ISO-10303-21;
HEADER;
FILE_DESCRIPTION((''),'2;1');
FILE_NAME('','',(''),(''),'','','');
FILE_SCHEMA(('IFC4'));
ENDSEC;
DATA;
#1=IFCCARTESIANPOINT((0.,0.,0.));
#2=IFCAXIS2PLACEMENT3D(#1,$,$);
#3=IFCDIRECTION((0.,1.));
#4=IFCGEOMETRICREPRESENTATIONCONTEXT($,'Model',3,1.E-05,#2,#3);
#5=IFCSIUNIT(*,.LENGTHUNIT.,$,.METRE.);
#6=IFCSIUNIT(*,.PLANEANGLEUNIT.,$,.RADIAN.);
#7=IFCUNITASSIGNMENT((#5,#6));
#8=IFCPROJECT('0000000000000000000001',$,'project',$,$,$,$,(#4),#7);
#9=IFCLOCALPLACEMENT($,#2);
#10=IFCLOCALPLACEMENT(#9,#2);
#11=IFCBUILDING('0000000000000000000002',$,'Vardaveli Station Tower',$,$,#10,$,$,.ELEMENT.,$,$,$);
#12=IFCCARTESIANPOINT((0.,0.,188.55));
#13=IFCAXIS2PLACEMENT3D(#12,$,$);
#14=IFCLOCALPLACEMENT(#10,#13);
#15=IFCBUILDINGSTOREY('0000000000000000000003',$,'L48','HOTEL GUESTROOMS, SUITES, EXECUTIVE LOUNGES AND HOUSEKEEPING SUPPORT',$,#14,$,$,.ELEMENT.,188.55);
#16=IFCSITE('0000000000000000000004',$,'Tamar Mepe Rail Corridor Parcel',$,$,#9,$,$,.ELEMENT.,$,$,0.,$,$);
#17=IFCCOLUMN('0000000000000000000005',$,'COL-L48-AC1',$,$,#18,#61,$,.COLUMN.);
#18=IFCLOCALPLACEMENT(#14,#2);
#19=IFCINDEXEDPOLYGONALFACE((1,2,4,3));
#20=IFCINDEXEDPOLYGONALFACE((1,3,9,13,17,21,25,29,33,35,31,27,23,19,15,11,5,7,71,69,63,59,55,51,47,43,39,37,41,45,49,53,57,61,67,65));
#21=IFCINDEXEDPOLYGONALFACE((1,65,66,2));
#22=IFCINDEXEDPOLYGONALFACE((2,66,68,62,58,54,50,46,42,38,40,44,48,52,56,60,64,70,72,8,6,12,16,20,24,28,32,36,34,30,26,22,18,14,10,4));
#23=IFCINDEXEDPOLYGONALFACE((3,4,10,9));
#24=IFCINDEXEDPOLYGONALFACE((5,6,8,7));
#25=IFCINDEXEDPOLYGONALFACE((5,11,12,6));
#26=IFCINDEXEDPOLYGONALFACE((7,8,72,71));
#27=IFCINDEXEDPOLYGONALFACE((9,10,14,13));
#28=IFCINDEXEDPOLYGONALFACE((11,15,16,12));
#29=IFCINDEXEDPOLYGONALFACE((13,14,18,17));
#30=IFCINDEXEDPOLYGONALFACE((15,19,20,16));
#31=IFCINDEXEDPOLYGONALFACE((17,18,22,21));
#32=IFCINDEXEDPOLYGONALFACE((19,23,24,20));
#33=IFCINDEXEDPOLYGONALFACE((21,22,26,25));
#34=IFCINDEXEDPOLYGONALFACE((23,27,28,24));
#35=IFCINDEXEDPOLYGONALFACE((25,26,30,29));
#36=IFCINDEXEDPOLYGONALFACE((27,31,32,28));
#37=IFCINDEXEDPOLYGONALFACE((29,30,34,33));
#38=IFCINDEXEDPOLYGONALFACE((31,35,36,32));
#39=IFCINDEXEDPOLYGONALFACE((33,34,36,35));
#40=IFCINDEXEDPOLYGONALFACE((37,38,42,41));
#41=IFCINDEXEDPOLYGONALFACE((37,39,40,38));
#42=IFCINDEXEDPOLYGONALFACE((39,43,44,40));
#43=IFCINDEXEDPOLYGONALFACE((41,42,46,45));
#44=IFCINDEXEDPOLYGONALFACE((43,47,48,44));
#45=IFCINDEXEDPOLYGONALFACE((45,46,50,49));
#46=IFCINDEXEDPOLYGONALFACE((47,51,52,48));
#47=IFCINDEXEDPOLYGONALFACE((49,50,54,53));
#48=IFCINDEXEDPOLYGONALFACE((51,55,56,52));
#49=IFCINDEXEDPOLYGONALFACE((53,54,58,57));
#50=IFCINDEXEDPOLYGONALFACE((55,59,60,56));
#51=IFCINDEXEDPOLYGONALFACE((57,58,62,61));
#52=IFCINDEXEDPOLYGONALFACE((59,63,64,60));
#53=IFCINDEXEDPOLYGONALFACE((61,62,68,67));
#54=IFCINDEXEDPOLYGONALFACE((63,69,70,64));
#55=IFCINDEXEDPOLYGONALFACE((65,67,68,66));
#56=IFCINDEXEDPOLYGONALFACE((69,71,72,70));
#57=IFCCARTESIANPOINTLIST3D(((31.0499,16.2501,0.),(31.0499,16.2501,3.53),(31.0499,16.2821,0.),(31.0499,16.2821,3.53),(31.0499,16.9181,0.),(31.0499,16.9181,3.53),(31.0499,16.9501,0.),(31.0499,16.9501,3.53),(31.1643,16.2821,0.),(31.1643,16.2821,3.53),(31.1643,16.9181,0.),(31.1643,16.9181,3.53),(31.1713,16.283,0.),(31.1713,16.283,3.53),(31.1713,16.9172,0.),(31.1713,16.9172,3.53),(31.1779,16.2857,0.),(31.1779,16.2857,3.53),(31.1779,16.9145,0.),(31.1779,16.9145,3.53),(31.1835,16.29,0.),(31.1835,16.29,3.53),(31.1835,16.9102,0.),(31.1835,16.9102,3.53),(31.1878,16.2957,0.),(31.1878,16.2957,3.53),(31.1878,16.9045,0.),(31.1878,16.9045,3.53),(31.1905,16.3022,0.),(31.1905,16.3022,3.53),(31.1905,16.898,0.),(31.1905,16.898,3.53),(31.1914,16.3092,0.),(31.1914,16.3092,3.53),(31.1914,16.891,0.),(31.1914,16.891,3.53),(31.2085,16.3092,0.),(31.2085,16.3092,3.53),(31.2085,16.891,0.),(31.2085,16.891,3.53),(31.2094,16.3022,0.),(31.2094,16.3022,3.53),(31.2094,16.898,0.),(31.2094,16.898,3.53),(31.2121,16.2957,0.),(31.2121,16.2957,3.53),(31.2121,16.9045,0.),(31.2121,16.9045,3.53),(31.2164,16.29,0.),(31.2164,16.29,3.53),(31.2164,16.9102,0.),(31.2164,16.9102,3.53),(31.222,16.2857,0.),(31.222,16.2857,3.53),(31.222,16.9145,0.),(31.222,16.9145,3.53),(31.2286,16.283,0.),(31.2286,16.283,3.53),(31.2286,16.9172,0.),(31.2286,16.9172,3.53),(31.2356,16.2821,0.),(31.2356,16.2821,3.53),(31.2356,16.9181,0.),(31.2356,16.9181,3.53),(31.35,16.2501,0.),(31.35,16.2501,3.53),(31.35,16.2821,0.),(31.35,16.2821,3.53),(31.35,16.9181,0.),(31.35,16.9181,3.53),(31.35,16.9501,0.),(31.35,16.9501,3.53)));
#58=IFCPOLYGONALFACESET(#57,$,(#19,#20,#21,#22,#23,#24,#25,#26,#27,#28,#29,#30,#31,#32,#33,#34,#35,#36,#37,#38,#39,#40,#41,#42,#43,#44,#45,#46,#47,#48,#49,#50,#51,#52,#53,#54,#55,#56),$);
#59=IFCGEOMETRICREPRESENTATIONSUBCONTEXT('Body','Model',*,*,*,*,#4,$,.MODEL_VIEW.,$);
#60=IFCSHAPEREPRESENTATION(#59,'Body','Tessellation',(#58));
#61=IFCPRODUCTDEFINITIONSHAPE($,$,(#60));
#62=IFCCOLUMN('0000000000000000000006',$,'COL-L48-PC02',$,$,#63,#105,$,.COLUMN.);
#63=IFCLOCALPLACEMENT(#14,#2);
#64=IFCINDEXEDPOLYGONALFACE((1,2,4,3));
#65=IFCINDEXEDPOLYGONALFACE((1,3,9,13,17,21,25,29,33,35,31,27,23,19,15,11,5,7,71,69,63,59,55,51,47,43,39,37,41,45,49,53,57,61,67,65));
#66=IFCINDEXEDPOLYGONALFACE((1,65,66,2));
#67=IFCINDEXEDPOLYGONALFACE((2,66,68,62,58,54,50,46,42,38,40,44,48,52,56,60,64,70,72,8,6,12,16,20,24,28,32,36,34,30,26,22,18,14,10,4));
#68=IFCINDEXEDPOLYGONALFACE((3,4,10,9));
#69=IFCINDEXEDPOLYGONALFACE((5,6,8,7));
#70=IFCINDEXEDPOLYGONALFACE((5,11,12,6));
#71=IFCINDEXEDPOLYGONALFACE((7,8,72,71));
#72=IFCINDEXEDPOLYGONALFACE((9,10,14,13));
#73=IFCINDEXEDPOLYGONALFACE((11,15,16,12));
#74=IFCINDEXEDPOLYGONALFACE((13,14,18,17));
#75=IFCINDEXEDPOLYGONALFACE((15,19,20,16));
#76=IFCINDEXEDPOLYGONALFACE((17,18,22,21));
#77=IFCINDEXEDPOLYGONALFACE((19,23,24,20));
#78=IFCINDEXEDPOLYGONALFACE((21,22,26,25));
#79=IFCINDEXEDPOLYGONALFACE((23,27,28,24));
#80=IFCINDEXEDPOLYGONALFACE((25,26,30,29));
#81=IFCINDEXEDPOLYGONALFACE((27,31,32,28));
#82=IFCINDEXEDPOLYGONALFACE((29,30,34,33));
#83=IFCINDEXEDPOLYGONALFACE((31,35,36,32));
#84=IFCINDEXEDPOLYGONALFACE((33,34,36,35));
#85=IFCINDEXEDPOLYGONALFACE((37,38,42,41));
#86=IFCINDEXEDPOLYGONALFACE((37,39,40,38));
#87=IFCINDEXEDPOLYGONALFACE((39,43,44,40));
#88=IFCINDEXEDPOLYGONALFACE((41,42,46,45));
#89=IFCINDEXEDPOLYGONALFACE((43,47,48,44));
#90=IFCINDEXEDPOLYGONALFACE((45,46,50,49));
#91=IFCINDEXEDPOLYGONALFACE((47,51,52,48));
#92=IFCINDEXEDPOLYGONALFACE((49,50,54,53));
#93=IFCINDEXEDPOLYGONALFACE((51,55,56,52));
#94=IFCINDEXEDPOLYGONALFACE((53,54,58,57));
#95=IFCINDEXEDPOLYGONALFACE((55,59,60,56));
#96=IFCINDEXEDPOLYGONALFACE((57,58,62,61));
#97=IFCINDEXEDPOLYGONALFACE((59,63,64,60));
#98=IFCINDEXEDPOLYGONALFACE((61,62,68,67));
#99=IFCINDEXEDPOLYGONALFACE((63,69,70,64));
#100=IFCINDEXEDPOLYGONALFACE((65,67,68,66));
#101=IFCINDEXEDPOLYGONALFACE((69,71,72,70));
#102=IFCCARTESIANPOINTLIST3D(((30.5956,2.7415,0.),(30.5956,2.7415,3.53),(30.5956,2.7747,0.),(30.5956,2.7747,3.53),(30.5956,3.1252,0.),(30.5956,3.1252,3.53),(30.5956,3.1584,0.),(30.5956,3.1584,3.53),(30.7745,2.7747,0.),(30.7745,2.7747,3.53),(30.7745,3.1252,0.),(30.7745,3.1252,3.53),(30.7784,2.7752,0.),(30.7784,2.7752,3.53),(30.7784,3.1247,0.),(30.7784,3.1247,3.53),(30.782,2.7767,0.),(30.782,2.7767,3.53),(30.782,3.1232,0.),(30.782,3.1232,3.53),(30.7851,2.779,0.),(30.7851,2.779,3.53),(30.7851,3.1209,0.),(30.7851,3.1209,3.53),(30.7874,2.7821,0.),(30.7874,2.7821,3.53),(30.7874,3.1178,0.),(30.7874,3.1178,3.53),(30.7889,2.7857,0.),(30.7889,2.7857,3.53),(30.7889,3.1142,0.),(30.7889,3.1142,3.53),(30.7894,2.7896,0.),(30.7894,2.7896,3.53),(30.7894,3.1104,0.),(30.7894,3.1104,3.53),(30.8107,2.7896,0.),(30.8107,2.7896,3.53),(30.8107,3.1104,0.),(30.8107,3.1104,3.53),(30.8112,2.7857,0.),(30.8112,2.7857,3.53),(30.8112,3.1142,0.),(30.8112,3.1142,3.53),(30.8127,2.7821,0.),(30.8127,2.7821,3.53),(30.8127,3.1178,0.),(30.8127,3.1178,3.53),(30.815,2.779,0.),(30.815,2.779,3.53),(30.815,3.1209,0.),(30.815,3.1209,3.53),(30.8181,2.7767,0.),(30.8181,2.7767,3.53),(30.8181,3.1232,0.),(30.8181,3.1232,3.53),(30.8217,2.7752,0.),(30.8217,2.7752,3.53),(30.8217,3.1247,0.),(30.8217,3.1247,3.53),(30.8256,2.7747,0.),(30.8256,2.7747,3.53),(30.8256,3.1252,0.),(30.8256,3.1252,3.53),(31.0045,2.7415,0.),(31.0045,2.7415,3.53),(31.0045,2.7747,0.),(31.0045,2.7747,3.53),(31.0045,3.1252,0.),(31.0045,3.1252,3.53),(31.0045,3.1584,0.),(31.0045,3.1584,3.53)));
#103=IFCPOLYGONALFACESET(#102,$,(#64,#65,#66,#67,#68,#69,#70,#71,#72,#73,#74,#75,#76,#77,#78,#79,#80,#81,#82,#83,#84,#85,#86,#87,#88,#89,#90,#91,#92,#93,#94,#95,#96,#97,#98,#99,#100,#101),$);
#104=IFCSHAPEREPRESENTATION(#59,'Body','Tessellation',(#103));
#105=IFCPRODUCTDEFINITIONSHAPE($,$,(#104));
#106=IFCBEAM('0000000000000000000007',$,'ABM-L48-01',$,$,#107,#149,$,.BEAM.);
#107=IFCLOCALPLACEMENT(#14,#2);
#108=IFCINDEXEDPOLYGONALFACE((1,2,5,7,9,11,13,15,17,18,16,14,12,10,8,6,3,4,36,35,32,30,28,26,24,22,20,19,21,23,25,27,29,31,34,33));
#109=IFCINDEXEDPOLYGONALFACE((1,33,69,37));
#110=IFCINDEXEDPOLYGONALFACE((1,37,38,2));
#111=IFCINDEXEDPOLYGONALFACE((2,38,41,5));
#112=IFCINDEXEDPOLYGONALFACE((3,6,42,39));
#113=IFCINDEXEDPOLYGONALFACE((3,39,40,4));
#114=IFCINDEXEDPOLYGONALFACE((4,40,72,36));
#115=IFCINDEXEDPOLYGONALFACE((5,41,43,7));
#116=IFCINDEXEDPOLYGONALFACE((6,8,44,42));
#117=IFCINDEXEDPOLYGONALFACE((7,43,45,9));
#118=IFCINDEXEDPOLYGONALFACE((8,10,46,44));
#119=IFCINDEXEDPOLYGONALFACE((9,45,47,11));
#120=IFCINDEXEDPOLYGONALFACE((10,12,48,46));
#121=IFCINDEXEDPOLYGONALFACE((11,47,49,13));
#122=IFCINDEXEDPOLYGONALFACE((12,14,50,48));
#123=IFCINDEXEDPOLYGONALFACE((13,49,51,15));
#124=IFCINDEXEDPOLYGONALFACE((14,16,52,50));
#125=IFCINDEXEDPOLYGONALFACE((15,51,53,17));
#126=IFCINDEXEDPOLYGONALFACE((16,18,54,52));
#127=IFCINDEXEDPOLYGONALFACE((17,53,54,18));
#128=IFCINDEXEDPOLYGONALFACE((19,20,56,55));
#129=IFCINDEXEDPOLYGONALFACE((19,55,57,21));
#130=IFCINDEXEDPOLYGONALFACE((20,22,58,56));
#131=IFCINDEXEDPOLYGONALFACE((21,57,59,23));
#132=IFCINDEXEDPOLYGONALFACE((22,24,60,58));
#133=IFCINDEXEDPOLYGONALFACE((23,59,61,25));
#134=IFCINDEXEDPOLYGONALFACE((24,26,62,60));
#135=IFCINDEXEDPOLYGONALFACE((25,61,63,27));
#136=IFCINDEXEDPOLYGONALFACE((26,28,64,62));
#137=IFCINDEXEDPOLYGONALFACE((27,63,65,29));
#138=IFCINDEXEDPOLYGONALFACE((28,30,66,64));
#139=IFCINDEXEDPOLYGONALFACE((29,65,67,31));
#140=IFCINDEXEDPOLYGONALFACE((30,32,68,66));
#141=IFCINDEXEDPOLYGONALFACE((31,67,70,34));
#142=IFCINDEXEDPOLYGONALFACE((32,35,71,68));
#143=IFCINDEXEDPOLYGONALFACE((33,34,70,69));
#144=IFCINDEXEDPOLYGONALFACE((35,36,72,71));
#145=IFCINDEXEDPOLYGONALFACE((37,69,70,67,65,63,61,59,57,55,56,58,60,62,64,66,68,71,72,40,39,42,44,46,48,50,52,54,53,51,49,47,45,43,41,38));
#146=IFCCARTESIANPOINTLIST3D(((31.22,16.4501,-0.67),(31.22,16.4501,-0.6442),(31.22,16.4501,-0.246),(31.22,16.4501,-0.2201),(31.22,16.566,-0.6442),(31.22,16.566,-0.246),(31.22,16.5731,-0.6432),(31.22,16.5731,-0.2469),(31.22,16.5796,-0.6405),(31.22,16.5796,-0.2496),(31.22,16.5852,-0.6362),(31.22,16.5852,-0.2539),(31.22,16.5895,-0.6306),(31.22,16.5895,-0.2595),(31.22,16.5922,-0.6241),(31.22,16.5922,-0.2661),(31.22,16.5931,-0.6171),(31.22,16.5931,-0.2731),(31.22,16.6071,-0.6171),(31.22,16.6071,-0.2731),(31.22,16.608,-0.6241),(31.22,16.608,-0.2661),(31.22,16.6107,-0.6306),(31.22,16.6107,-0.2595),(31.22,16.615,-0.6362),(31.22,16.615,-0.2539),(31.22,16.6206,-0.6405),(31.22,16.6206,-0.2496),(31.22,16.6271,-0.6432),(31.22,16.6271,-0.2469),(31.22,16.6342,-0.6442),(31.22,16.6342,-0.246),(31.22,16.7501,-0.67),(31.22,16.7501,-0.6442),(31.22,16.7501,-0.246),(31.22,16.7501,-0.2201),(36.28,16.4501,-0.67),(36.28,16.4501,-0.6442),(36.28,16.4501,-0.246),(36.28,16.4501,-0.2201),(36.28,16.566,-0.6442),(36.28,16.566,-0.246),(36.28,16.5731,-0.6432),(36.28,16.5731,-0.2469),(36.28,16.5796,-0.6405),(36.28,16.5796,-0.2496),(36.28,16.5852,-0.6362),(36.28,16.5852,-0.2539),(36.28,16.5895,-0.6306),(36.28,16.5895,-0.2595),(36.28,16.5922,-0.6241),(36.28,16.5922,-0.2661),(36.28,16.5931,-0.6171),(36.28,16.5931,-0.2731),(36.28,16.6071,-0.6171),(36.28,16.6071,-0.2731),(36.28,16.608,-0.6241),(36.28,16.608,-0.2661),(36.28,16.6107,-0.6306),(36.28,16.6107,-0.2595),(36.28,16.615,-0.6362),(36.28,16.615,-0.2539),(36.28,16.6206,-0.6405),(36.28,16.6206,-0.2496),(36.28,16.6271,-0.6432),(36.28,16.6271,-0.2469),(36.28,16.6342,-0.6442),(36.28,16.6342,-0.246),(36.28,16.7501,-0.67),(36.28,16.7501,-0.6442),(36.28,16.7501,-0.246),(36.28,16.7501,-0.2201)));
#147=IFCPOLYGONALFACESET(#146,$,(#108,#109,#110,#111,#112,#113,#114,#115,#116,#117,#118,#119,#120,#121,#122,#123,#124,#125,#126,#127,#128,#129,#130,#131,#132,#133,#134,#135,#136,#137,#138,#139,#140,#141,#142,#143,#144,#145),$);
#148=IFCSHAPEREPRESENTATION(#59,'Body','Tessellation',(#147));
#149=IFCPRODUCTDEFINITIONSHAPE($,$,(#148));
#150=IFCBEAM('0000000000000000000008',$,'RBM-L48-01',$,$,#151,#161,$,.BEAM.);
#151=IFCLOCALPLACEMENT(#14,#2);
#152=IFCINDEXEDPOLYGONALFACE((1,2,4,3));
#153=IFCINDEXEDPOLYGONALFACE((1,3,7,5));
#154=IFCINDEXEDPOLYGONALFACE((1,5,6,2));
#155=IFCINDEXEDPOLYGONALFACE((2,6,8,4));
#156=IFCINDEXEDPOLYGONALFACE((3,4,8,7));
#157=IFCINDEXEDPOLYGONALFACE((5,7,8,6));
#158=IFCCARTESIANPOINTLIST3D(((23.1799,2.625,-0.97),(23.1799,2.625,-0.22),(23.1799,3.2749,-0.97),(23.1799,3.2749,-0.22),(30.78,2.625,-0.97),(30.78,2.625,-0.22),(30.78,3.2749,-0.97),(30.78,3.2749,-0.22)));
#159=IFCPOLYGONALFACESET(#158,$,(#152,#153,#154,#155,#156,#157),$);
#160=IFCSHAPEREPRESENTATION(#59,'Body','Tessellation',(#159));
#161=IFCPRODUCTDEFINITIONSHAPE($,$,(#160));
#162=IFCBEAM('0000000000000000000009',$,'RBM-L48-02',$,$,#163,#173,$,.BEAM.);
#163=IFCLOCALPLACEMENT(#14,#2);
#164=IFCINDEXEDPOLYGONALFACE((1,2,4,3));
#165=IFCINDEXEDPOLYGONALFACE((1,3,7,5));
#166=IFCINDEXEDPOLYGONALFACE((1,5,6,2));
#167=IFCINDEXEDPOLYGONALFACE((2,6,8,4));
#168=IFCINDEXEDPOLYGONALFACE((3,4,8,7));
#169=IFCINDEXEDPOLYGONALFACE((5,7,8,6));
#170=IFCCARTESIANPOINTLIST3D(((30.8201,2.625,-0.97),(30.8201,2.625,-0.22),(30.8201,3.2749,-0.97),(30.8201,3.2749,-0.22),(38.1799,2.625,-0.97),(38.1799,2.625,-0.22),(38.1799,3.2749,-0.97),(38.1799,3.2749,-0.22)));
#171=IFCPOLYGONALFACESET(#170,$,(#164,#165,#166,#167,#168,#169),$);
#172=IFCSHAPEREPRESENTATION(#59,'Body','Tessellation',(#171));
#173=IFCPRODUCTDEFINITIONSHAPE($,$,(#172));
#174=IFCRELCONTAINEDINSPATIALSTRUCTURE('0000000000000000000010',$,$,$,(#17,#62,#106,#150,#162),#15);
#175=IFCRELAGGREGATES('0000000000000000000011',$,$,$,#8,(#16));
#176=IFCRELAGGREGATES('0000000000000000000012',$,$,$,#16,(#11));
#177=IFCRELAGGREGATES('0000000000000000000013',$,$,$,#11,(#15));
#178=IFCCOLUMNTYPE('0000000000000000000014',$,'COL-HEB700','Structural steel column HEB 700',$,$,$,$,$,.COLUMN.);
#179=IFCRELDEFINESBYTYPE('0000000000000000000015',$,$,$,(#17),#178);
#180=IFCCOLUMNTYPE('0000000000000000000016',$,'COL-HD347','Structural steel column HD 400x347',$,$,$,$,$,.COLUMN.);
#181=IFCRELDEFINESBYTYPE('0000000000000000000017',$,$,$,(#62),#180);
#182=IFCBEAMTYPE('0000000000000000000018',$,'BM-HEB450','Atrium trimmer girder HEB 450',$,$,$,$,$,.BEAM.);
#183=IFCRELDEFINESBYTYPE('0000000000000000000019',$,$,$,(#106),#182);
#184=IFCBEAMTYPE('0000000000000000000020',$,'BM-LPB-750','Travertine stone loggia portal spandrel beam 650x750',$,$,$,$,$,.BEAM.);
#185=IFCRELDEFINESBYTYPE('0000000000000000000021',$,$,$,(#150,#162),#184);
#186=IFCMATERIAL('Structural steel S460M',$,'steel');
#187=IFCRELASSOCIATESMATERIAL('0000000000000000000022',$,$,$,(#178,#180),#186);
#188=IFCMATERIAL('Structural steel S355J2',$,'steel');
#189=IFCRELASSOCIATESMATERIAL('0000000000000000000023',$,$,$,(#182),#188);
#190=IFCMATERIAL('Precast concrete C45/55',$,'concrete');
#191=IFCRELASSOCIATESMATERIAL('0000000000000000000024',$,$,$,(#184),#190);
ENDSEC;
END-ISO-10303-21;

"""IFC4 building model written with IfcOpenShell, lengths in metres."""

from ifc_helpers import new_model, si_unit, direction, frame, origin, origin_2d, place, context, subcontext, project, spatial, rectangle, i_section, extrude, source, transform, mapped, material, material_profile, profile_set, type_object, element, save


model = new_model("IFC4")

# Units and contexts
model_context = context("Model", 3, precision=1e-05, world=origin(), true_north=direction((0.0, 1.0)))
body_context = subcontext(model_context, "Body", "Model", "MODEL_VIEW")
ifc_project = project(units=[si_unit("LENGTHUNIT", "METRE"), si_unit("PLANEANGLEUNIT", "RADIAN")], contexts=[model_context])

# Site, building, storey
site_placement = place(None, origin())
site = spatial("IfcSite", under=ifc_project, at=site_placement, Name="Tamar Mepe Rail Corridor Parcel", CompositionType="ELEMENT", RefElevation=0.0)
building_placement = place(site_placement, origin())
building = spatial("IfcBuilding", under=site, at=building_placement, Name="Vardaveli Station Tower", CompositionType="ELEMENT")
storey_placement = place(building_placement, frame((0.0, 0.0, 188.55)))
storey = spatial("IfcBuildingStorey", under=building, at=storey_placement, Name="L48", Description="HOTEL GUESTROOMS, SUITES, EXECUTIVE LOUNGES AND HOUSEKEEPING SUPPORT", CompositionType="ELEMENT", Elevation=188.55)

# Columns
ifc_material_1 = material(Name="Structural steel S460M", Category="steel")
ifc_material_profile_1 = material_profile(ifc_material_1, i_section(OverallWidth=0.3, OverallDepth=0.7, WebThickness=0.0171, FlangeThickness=0.032, FilletRadius=0.0271, at=origin_2d()), Name="HEB 700")
ifc_profile_set_1 = profile_set([ifc_material_profile_1], Name="Structural steel S460M")
column_type_1 = type_object("IfcColumnType", Name="COL-HEB700", Description="Structural steel column HEB 700", PredefinedType="COLUMN", material=ifc_profile_set_1)
shared_shape_1 = source(origin(), body_context, "Body", "SweptSolid", [
    extrude(i_section(OverallWidth=0.3, OverallDepth=0.7, WebThickness=0.0171, FlangeThickness=0.032, FilletRadius=0.0271, at=origin_2d()), origin(), (0.0, 0.0, 1.0), 3.53),
])
column_1_placement = place(storey_placement, frame((31.2, 16.6001, 0.0), z_axis=(0.0, 0.0, 1.0), x_axis=(1.0, 0.0, 0.0)))
element("IfcColumn", 1, at=column_1_placement, inside=storey, type_object=column_type_1, Name="COL-L48-AC1", PredefinedType="COLUMN", context=body_context, shape_type="MappedRepresentation", body=[
    mapped(shared_shape_1, transform((0.0, 0.0, 0.0), scale=1.0)),
])
ifc_material_profile_2 = material_profile(ifc_material_1, i_section(OverallWidth=0.4089, OverallDepth=0.417, WebThickness=0.0212, FlangeThickness=0.0332, FilletRadius=0.0149, at=origin_2d()), Name="HD 400x347")
ifc_profile_set_2 = profile_set([ifc_material_profile_2], Name="Structural steel S460M")
column_type_2 = type_object("IfcColumnType", Name="COL-HD347", Description="Structural steel column HD 400x347", PredefinedType="COLUMN", material=ifc_profile_set_2)
shared_shape_2 = source(origin(), body_context, "Body", "SweptSolid", [
    extrude(i_section(OverallWidth=0.4089, OverallDepth=0.417, WebThickness=0.0212, FlangeThickness=0.0332, FilletRadius=0.0149, at=origin_2d()), origin(), (0.0, 0.0, 1.0), 3.53),
])
column_2_placement = place(storey_placement, frame((30.8, 2.95, 0.0), z_axis=(0.0, 0.0, 1.0), x_axis=(1.0, 0.0, 0.0)))
element("IfcColumn", 2, at=column_2_placement, inside=storey, type_object=column_type_2, Name="COL-L48-PC02", PredefinedType="COLUMN", context=body_context, shape_type="MappedRepresentation", body=[
    mapped(shared_shape_2, transform((0.0, 0.0, 0.0), scale=1.0)),
])

# Beams
ifc_material_2 = material(Name="Structural steel S355J2", Category="steel")
ifc_material_profile_3 = material_profile(ifc_material_2, i_section(OverallWidth=0.3, OverallDepth=0.45, WebThickness=0.0139, FlangeThickness=0.0259, FilletRadius=0.0271, at=origin_2d()), Name="HEB 450")
ifc_profile_set_3 = profile_set([ifc_material_profile_3], Name="Structural steel S355J2")
beam_type_1 = type_object("IfcBeamType", Name="BM-HEB450", Description="Atrium trimmer girder HEB 450", PredefinedType="BEAM", material=ifc_profile_set_3)
shared_shape_3 = source(origin(), body_context, "Body", "SweptSolid", [
    extrude(i_section(OverallWidth=0.3, OverallDepth=0.45, WebThickness=0.0139, FlangeThickness=0.0259, FilletRadius=0.0271, at=origin_2d()), origin(), (0.0, 0.0, 1.0), 5.0601),
])
beam_1_placement = place(storey_placement, frame((31.22, 16.6001, -0.4451), z_axis=(1.0, 0.0, 0.0), x_axis=(0.0, 1.0, 0.0)))
element("IfcBeam", 3, at=beam_1_placement, inside=storey, type_object=beam_type_1, Name="ABM-L48-01", PredefinedType="BEAM", context=body_context, shape_type="MappedRepresentation", body=[
    mapped(shared_shape_3, transform((0.0, 0.0, 0.0), scale=1.0)),
])
ifc_material_3 = material(Name="Precast concrete C45/55", Category="concrete")
ifc_material_profile_4 = material_profile(ifc_material_3, rectangle(XDim=0.6499, YDim=0.75, at=origin_2d()), Name="LPB 650x750")
ifc_profile_set_4 = profile_set([ifc_material_profile_4], Name="Precast concrete C45/55")
beam_type_2 = type_object("IfcBeamType", Name="BM-LPB-750", Description="Travertine stone loggia portal spandrel beam 650x750", PredefinedType="BEAM", material=ifc_profile_set_4)
shared_shape_4 = source(origin(), body_context, "Body", "SweptSolid", [
    extrude(rectangle(XDim=0.6499, YDim=0.75, at=origin_2d()), origin(), (0.0, 0.0, 1.0), 7.6001),
])
beam_2_placement = place(storey_placement, frame((23.1799, 2.95, -0.595), z_axis=(1.0, 0.0, 0.0), x_axis=(0.0, 1.0, 0.0)))
element("IfcBeam", 4, at=beam_2_placement, inside=storey, type_object=beam_type_2, Name="RBM-L48-01", PredefinedType="BEAM", context=body_context, shape_type="MappedRepresentation", body=[
    mapped(shared_shape_4, transform((0.0, 0.0, 0.0), scale=1.0)),
])
shared_shape_5 = source(origin(), body_context, "Body", "SweptSolid", [
    extrude(rectangle(XDim=0.6499, YDim=0.75, at=origin_2d()), origin(), (0.0, 0.0, 1.0), 7.3599),
])
beam_3_placement = place(storey_placement, frame((30.8201, 2.95, -0.595), z_axis=(1.0, 0.0, 0.0), x_axis=(0.0, 1.0, 0.0)))
element("IfcBeam", 5, at=beam_3_placement, inside=storey, type_object=beam_type_2, Name="RBM-L48-02", PredefinedType="BEAM", context=body_context, shape_type="MappedRepresentation", body=[
    mapped(shared_shape_5, transform((0.0, 0.0, 0.0), scale=1.0)),
])

save(model, "model.ifc")
